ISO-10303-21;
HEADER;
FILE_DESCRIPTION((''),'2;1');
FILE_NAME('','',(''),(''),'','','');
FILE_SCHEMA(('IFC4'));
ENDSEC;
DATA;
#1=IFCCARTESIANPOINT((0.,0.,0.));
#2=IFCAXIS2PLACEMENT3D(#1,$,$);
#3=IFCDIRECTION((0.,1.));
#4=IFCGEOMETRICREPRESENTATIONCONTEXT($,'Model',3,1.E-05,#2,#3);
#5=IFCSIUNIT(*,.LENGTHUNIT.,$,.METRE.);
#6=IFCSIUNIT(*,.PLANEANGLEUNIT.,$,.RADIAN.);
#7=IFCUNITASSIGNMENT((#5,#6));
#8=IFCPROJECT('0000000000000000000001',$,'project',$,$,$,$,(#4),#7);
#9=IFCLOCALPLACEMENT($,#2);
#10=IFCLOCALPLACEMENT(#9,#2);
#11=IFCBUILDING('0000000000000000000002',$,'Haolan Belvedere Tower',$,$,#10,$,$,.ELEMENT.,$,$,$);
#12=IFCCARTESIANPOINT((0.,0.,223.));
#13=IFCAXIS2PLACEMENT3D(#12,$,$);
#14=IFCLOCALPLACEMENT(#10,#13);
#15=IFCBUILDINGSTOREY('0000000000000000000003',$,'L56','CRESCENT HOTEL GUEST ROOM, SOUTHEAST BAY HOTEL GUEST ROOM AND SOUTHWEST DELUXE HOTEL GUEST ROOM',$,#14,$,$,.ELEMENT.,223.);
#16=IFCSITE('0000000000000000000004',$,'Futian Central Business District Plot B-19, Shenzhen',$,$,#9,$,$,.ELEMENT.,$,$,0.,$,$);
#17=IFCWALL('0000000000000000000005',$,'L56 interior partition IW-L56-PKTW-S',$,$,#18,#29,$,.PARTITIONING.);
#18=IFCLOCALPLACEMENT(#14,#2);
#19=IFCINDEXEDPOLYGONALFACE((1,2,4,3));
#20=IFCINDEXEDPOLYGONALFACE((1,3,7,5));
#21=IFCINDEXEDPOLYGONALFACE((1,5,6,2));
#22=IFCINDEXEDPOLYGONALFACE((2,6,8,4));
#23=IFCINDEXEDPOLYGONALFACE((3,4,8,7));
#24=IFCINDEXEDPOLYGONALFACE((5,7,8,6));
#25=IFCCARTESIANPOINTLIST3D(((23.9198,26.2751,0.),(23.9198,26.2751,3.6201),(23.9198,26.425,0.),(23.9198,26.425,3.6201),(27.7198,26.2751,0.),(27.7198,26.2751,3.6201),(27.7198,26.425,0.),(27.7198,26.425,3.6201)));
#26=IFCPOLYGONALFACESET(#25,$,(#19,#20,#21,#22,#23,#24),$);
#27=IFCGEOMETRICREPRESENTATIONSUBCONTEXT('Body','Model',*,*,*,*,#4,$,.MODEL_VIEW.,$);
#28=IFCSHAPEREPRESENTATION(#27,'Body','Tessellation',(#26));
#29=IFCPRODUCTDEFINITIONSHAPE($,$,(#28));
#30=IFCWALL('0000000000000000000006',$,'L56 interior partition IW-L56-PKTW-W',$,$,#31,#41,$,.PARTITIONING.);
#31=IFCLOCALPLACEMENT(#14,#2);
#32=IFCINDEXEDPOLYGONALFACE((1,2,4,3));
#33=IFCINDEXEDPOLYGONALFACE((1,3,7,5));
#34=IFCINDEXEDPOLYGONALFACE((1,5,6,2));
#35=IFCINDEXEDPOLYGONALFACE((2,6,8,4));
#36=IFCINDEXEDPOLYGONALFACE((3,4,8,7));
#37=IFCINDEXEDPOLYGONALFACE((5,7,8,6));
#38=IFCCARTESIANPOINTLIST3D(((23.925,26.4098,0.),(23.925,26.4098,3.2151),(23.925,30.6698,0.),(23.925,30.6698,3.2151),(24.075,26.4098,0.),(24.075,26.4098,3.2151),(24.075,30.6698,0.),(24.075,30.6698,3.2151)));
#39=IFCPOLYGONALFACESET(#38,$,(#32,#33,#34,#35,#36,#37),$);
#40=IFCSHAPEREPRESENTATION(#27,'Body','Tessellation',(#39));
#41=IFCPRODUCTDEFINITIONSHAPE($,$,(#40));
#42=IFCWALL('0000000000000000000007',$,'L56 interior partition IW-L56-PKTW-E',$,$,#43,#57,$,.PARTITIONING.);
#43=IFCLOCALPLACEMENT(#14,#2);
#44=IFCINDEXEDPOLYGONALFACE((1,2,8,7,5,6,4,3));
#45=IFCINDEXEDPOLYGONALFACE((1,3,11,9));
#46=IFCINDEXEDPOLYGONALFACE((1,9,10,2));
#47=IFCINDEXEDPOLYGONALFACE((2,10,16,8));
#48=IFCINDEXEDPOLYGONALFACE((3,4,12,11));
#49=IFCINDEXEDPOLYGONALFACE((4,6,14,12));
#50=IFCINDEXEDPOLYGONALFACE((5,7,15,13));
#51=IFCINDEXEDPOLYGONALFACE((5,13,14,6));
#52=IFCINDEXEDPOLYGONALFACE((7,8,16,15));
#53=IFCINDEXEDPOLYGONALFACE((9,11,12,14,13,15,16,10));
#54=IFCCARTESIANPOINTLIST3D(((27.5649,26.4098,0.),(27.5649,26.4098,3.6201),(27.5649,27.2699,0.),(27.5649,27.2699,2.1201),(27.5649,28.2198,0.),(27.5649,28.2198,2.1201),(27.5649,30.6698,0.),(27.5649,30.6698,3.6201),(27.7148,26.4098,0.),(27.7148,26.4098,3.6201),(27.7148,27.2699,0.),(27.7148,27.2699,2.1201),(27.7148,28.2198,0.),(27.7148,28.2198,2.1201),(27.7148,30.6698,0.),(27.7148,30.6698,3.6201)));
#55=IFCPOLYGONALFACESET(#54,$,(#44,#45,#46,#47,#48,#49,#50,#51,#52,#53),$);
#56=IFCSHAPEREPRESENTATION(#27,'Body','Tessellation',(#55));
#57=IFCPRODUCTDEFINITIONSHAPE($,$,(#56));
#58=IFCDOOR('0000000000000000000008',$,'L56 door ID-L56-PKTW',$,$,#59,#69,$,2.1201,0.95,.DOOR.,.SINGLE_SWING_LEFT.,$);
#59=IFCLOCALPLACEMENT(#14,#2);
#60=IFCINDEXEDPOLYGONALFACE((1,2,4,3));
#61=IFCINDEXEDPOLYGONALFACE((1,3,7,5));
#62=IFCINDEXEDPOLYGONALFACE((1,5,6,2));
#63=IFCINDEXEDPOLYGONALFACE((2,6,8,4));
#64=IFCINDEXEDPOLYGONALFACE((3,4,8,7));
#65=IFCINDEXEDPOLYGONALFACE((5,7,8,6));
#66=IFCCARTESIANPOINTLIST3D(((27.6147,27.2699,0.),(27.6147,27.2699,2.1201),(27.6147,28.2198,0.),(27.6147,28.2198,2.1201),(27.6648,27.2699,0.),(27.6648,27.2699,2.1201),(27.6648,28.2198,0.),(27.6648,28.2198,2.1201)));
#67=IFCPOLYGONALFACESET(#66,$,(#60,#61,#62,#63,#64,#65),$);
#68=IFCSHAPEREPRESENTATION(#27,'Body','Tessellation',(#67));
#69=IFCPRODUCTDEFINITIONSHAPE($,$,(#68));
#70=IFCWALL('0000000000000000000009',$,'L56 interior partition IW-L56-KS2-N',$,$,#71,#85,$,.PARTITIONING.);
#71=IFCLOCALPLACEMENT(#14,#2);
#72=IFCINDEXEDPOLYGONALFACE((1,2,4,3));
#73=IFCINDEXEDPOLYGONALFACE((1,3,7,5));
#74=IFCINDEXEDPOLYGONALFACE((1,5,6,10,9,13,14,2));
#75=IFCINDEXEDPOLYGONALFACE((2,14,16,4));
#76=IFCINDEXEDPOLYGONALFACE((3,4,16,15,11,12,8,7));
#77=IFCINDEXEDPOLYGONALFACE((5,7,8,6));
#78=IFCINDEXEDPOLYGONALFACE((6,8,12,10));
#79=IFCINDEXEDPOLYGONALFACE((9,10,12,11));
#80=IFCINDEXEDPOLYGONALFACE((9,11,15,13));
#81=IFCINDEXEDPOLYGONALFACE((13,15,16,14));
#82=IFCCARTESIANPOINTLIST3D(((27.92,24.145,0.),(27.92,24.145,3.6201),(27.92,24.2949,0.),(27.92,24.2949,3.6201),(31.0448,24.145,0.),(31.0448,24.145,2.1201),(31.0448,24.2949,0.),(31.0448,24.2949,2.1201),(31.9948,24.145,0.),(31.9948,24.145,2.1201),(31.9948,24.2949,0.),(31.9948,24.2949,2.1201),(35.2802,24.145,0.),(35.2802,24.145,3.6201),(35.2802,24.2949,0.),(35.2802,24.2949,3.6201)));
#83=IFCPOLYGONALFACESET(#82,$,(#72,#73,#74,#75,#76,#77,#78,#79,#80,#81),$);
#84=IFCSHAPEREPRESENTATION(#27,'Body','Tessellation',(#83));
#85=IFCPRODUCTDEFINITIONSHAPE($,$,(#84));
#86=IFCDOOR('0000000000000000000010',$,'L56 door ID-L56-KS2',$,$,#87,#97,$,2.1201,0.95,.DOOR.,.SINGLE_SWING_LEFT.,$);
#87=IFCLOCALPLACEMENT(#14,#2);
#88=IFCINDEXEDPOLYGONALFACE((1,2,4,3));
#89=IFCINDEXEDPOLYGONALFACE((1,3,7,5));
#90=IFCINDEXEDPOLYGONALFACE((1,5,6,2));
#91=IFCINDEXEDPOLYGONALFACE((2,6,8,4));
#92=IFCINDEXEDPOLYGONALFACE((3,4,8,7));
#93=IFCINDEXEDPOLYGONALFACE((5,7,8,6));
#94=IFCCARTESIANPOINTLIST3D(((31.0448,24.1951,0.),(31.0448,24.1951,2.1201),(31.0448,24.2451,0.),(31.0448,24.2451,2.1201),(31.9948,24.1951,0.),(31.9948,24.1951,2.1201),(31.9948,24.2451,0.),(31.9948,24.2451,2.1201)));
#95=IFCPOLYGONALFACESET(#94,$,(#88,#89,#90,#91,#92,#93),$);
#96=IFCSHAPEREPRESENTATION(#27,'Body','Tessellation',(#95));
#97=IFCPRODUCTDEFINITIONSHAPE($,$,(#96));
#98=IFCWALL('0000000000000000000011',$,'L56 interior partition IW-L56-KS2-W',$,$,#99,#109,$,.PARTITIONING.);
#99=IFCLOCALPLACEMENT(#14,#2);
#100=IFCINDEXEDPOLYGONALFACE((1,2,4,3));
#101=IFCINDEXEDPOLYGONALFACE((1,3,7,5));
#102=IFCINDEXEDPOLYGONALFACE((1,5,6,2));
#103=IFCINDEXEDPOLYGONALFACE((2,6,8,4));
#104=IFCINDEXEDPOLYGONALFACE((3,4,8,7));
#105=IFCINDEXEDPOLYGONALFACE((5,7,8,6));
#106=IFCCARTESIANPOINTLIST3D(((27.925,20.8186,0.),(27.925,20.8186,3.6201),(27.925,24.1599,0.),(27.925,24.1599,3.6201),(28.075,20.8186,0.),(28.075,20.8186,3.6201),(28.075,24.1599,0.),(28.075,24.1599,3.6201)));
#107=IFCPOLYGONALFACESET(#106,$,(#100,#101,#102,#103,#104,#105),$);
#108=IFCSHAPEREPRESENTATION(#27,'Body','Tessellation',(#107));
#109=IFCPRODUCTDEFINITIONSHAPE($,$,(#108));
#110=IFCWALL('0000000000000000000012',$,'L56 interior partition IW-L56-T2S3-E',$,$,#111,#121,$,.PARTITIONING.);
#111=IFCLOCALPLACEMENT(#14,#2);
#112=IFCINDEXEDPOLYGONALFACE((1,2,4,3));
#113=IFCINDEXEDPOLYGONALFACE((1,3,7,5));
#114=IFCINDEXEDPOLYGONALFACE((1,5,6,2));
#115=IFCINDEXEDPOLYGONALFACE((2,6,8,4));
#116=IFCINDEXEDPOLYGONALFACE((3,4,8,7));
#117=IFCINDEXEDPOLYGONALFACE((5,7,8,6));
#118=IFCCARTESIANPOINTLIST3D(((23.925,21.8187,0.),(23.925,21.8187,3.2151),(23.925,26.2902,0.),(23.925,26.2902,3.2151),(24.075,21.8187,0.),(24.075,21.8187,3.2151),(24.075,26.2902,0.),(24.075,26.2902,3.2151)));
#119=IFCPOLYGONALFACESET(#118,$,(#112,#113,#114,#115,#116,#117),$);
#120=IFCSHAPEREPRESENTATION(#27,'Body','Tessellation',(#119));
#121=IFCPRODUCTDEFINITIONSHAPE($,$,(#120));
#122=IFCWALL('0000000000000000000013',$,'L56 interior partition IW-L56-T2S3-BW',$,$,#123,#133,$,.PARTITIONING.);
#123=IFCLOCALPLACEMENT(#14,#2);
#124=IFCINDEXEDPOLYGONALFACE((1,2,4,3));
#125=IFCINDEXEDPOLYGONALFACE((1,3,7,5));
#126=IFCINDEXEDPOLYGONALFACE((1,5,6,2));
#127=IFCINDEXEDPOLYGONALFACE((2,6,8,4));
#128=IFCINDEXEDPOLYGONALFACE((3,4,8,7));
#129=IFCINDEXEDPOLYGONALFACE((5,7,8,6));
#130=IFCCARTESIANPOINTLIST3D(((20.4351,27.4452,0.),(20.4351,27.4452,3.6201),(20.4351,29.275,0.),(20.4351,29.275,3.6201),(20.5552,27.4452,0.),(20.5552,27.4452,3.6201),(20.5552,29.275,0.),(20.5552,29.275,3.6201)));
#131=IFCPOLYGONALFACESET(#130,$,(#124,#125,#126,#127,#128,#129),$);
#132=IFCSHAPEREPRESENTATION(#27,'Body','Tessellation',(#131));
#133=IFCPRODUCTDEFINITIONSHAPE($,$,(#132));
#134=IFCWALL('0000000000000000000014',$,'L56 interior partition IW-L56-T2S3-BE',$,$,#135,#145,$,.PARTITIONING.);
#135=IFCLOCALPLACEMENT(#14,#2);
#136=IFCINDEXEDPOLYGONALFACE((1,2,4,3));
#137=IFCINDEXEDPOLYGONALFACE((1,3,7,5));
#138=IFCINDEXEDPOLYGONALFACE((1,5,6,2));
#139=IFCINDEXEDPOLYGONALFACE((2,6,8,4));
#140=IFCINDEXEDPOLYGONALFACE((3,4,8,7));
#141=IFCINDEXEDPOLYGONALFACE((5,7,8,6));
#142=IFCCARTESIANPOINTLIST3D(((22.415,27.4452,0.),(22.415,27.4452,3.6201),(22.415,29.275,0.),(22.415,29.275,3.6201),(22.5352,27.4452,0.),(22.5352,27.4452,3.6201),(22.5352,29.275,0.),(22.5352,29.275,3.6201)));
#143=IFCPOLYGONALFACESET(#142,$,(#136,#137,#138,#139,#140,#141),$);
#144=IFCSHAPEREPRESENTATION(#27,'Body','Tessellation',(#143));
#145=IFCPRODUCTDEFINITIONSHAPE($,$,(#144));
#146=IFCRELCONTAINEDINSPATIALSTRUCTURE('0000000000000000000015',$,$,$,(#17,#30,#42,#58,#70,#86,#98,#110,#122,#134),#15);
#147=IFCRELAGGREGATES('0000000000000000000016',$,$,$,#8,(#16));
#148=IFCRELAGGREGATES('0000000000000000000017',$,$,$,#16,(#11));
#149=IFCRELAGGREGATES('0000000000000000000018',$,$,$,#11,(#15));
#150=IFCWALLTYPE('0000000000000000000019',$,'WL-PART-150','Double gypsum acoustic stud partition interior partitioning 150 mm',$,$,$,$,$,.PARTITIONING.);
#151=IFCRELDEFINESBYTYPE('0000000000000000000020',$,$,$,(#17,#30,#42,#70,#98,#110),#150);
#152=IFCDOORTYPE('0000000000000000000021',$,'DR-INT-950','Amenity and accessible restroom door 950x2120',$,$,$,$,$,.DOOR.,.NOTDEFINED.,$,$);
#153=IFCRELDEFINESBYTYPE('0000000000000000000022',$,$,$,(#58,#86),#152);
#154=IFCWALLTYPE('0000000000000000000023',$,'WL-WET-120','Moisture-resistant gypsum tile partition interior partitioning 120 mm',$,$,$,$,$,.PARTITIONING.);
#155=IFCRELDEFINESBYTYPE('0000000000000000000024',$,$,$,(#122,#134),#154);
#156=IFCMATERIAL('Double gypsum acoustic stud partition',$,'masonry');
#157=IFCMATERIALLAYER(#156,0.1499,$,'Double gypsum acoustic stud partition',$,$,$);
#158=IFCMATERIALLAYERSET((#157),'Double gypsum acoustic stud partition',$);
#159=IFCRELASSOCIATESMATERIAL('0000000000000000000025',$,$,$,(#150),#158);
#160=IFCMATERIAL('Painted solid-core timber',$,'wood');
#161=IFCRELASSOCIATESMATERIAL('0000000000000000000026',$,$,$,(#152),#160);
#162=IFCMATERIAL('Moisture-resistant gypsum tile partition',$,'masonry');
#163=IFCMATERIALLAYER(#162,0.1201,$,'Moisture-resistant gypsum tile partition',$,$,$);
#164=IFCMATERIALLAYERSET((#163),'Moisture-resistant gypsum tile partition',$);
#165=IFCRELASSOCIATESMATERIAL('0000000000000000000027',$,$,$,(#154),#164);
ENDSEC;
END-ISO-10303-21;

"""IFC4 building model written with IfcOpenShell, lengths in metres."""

from ifc_helpers import new_model, si_unit, direction, frame, frame_2d, origin, place, context, subcontext, project, spatial, rectangle, extrude, material, layer, layer_set, type_object, element, fill, save


model = new_model("IFC4")

# Units and contexts
model_context = context("Model", 3, precision=1e-05, world=origin(), true_north=direction((0.0, 1.0)))
body_context = subcontext(model_context, "Body", "Model", "MODEL_VIEW")
ifc_project = project(units=[si_unit("LENGTHUNIT", "METRE"), si_unit("PLANEANGLEUNIT", "RADIAN")], contexts=[model_context])

# Site, building, storey
site_placement = place(None, origin())
site = spatial("IfcSite", under=ifc_project, at=site_placement, Name="Futian Central Business District Plot B-19, Shenzhen", CompositionType="ELEMENT", RefElevation=0.0)
building_placement = place(site_placement, origin())
building = spatial("IfcBuilding", under=site, at=building_placement, Name="Haolan Belvedere Tower", CompositionType="ELEMENT")
storey_placement = place(building_placement, frame((0.0, 0.0, 223.0)))
storey = spatial("IfcBuildingStorey", under=building, at=storey_placement, Name="L56", Description="CRESCENT HOTEL GUEST ROOM, SOUTHEAST BAY HOTEL GUEST ROOM AND SOUTHWEST DELUXE HOTEL GUEST ROOM", CompositionType="ELEMENT", Elevation=223.0)

# Walls
ifc_material_1 = material(Name="Double gypsum acoustic stud partition", Category="masonry")
ifc_layer_1 = layer(ifc_material_1, 0.1499, Name="Double gypsum acoustic stud partition")
ifc_layer_set_1 = layer_set([ifc_layer_1], Name="Double gypsum acoustic stud partition")
wall_type_1 = type_object("IfcWallType", Name="WL-PART-150", Description="Double gypsum acoustic stud partition interior partitioning 150 mm", PredefinedType="PARTITIONING", material=ifc_layer_set_1)
for number, where, z_axis, x_axis, name in (
    (1, (23.9199, 26.3501, 0.0), (0.0, 0.0, 1.0), (1.0, 0.0, 0.0), "L56 interior partition IW-L56-PKTW-S"),
):
    element("IfcWall", number, at=place(storey_placement, frame(where, z_axis=z_axis, x_axis=x_axis)), inside=storey, type_object=wall_type_1, Name=name, PredefinedType="PARTITIONING", context=body_context, shape_type="SweptSolid", body=[
        extrude(rectangle(XDim=3.8, YDim=0.1499, at=frame_2d((1.8999, 0.0))), origin(), (0.0, 0.0, 1.0), 3.6201),
    ])
wall_1_placement = place(storey_placement, frame((24.0, 26.4099, 0.0), z_axis=(0.0, 0.0, 1.0), x_axis=(0.0, 1.0, 0.0)))
element("IfcWall", 2, at=wall_1_placement, inside=storey, type_object=wall_type_1, Name="L56 interior partition IW-L56-PKTW-W", PredefinedType="PARTITIONING", context=body_context, shape_type="SweptSolid", body=[
    extrude(rectangle(XDim=4.26, YDim=0.1499, at=frame_2d((2.1299, 0.0))), origin(), (0.0, 0.0, 1.0), 3.2151),
])

# Walls, openings, doors
wall_2_placement = place(storey_placement, frame((27.6399, 26.4099, 0.0), z_axis=(0.0, 0.0, 1.0), x_axis=(0.0, 1.0, 0.0)))
wall_2 = element("IfcWall", 3, at=wall_2_placement, inside=storey, type_object=wall_type_1, Name="L56 interior partition IW-L56-PKTW-E", PredefinedType="PARTITIONING", context=body_context, shape_type="SweptSolid", body=[
    extrude(rectangle(XDim=4.26, YDim=0.1499, at=frame_2d((2.1299, 0.0))), origin(), (0.0, 0.0, 1.0), 3.6201),
])
opening_1_placement = place(wall_2_placement, frame((1.8101, 0.0, 0.0), z_axis=(0.0, 0.0, 1.0), x_axis=(-1.0, 0.0, 0.0)))
opening_1 = element("IfcOpeningElement", 4, at=opening_1_placement, cuts=wall_2, PredefinedType="OPENING", context=body_context, shape_type="SweptSolid", body=[
    extrude(rectangle(XDim=0.95, YDim=2.1201, at=frame_2d((0.4751, 1.0601))), frame((0.0, 0.085, 0.0), z_axis=(0.0, -1.0, 0.0), x_axis=(1.0, 0.0, 0.0)), (0.0, 0.0, 1.0), 0.1699),
])
ifc_material_2 = material(Name="Painted solid-core timber", Category="wood")
door_type_1 = type_object("IfcDoorType", Name="DR-INT-950", Description="Amenity and accessible restroom door 950x2120", OperationType="NOTDEFINED", PredefinedType="DOOR", material=ifc_material_2)
door_1_placement = place(opening_1_placement, origin())
door_1 = element("IfcDoor", 5, at=door_1_placement, inside=storey, type_object=door_type_1, Name="L56 door ID-L56-PKTW", OperationType="SINGLE_SWING_LEFT", OverallHeight=2.1201, OverallWidth=0.95, PredefinedType="DOOR", context=body_context, shape_type="SweptSolid", body=[
    extrude(rectangle(XDim=0.95, YDim=2.1201, at=frame_2d((0.4751, 1.0601))), frame((0.0, 0.0249, 0.0), z_axis=(0.0, -1.0, 0.0), x_axis=(1.0, 0.0, 0.0)), (0.0, 0.0, 1.0), 0.05),
])
fill(opening_1, door_1)
wall_3_placement = place(storey_placement, frame((27.9199, 24.22, 0.0), z_axis=(0.0, 0.0, 1.0), x_axis=(1.0, 0.0, 0.0)))
wall_3 = element("IfcWall", 6, at=wall_3_placement, inside=storey, type_object=wall_type_1, Name="L56 interior partition IW-L56-KS2-N", PredefinedType="PARTITIONING", context=body_context, shape_type="SweptSolid", body=[
    extrude(rectangle(XDim=7.3601, YDim=0.1499, at=frame_2d((3.6802, 0.0))), origin(), (0.0, 0.0, 1.0), 3.6201),
])
opening_2_placement = place(wall_3_placement, frame((4.075, 0.0, 0.0), z_axis=(0.0, 0.0, 1.0), x_axis=(-1.0, 0.0, 0.0)))
opening_2 = element("IfcOpeningElement", 7, at=opening_2_placement, cuts=wall_3, PredefinedType="OPENING", context=body_context, shape_type="SweptSolid", body=[
    extrude(rectangle(XDim=0.95, YDim=2.1201, at=frame_2d((0.4751, 1.0601))), frame((0.0, 0.085, 0.0), z_axis=(0.0, -1.0, 0.0), x_axis=(1.0, 0.0, 0.0)), (0.0, 0.0, 1.0), 0.1699),
])
door_2_placement = place(opening_2_placement, origin())
door_2 = element("IfcDoor", 8, at=door_2_placement, inside=storey, type_object=door_type_1, Name="L56 door ID-L56-KS2", OperationType="SINGLE_SWING_LEFT", OverallHeight=2.1201, OverallWidth=0.95, PredefinedType="DOOR", context=body_context, shape_type="SweptSolid", body=[
    extrude(rectangle(XDim=0.95, YDim=2.1201, at=frame_2d((0.4751, 1.0601))), frame((0.0, 0.0249, 0.0), z_axis=(0.0, -1.0, 0.0), x_axis=(1.0, 0.0, 0.0)), (0.0, 0.0, 1.0), 0.05),
])
fill(opening_2, door_2)

# Walls
wall_4_placement = place(storey_placement, frame((28.0, 20.8186, 0.0), z_axis=(0.0, 0.0, 1.0), x_axis=(0.0, 1.0, 0.0)))
element("IfcWall", 9, at=wall_4_placement, inside=storey, type_object=wall_type_1, Name="L56 interior partition IW-L56-KS2-W", PredefinedType="PARTITIONING", context=body_context, shape_type="SweptSolid", body=[
    extrude(rectangle(XDim=3.3413, YDim=0.1499, at=frame_2d((1.6707, 0.0))), origin(), (0.0, 0.0, 1.0), 3.6201),
])
wall_5_placement = place(storey_placement, frame((24.0, 21.8186, 0.0), z_axis=(0.0, 0.0, 1.0), x_axis=(0.0, 1.0, 0.0)))
element("IfcWall", 10, at=wall_5_placement, inside=storey, type_object=wall_type_1, Name="L56 interior partition IW-L56-T2S3-E", PredefinedType="PARTITIONING", context=body_context, shape_type="SweptSolid", body=[
    extrude(rectangle(XDim=4.4714, YDim=0.1499, at=frame_2d((2.2358, 0.0))), origin(), (0.0, 0.0, 1.0), 3.2151),
])
ifc_material_3 = material(Name="Moisture-resistant gypsum tile partition", Category="masonry")
ifc_layer_2 = layer(ifc_material_3, 0.1201, Name="Moisture-resistant gypsum tile partition")
ifc_layer_set_2 = layer_set([ifc_layer_2], Name="Moisture-resistant gypsum tile partition")
wall_type_2 = type_object("IfcWallType", Name="WL-WET-120", Description="Moisture-resistant gypsum tile partition interior partitioning 120 mm", PredefinedType="PARTITIONING", material=ifc_layer_set_2)
for number, where, z_axis, x_axis, name in (
    (11, (20.4951, 27.4451, 0.0), (0.0, 0.0, 1.0), (0.0, 1.0, 0.0), "L56 interior partition IW-L56-T2S3-BW"),
    (12, (22.4751, 27.4451, 0.0), (0.0, 0.0, 1.0), (0.0, 1.0, 0.0), "L56 interior partition IW-L56-T2S3-BE"),
):
    element("IfcWall", number, at=place(storey_placement, frame(where, z_axis=z_axis, x_axis=x_axis)), inside=storey, type_object=wall_type_2, Name=name, PredefinedType="PARTITIONING", context=body_context, shape_type="SweptSolid", body=[
        extrude(rectangle(XDim=1.8298, YDim=0.1201, at=frame_2d((0.915, 0.0))), origin(), (0.0, 0.0, 1.0), 3.6201),
    ])

save(model, "model.ifc")
